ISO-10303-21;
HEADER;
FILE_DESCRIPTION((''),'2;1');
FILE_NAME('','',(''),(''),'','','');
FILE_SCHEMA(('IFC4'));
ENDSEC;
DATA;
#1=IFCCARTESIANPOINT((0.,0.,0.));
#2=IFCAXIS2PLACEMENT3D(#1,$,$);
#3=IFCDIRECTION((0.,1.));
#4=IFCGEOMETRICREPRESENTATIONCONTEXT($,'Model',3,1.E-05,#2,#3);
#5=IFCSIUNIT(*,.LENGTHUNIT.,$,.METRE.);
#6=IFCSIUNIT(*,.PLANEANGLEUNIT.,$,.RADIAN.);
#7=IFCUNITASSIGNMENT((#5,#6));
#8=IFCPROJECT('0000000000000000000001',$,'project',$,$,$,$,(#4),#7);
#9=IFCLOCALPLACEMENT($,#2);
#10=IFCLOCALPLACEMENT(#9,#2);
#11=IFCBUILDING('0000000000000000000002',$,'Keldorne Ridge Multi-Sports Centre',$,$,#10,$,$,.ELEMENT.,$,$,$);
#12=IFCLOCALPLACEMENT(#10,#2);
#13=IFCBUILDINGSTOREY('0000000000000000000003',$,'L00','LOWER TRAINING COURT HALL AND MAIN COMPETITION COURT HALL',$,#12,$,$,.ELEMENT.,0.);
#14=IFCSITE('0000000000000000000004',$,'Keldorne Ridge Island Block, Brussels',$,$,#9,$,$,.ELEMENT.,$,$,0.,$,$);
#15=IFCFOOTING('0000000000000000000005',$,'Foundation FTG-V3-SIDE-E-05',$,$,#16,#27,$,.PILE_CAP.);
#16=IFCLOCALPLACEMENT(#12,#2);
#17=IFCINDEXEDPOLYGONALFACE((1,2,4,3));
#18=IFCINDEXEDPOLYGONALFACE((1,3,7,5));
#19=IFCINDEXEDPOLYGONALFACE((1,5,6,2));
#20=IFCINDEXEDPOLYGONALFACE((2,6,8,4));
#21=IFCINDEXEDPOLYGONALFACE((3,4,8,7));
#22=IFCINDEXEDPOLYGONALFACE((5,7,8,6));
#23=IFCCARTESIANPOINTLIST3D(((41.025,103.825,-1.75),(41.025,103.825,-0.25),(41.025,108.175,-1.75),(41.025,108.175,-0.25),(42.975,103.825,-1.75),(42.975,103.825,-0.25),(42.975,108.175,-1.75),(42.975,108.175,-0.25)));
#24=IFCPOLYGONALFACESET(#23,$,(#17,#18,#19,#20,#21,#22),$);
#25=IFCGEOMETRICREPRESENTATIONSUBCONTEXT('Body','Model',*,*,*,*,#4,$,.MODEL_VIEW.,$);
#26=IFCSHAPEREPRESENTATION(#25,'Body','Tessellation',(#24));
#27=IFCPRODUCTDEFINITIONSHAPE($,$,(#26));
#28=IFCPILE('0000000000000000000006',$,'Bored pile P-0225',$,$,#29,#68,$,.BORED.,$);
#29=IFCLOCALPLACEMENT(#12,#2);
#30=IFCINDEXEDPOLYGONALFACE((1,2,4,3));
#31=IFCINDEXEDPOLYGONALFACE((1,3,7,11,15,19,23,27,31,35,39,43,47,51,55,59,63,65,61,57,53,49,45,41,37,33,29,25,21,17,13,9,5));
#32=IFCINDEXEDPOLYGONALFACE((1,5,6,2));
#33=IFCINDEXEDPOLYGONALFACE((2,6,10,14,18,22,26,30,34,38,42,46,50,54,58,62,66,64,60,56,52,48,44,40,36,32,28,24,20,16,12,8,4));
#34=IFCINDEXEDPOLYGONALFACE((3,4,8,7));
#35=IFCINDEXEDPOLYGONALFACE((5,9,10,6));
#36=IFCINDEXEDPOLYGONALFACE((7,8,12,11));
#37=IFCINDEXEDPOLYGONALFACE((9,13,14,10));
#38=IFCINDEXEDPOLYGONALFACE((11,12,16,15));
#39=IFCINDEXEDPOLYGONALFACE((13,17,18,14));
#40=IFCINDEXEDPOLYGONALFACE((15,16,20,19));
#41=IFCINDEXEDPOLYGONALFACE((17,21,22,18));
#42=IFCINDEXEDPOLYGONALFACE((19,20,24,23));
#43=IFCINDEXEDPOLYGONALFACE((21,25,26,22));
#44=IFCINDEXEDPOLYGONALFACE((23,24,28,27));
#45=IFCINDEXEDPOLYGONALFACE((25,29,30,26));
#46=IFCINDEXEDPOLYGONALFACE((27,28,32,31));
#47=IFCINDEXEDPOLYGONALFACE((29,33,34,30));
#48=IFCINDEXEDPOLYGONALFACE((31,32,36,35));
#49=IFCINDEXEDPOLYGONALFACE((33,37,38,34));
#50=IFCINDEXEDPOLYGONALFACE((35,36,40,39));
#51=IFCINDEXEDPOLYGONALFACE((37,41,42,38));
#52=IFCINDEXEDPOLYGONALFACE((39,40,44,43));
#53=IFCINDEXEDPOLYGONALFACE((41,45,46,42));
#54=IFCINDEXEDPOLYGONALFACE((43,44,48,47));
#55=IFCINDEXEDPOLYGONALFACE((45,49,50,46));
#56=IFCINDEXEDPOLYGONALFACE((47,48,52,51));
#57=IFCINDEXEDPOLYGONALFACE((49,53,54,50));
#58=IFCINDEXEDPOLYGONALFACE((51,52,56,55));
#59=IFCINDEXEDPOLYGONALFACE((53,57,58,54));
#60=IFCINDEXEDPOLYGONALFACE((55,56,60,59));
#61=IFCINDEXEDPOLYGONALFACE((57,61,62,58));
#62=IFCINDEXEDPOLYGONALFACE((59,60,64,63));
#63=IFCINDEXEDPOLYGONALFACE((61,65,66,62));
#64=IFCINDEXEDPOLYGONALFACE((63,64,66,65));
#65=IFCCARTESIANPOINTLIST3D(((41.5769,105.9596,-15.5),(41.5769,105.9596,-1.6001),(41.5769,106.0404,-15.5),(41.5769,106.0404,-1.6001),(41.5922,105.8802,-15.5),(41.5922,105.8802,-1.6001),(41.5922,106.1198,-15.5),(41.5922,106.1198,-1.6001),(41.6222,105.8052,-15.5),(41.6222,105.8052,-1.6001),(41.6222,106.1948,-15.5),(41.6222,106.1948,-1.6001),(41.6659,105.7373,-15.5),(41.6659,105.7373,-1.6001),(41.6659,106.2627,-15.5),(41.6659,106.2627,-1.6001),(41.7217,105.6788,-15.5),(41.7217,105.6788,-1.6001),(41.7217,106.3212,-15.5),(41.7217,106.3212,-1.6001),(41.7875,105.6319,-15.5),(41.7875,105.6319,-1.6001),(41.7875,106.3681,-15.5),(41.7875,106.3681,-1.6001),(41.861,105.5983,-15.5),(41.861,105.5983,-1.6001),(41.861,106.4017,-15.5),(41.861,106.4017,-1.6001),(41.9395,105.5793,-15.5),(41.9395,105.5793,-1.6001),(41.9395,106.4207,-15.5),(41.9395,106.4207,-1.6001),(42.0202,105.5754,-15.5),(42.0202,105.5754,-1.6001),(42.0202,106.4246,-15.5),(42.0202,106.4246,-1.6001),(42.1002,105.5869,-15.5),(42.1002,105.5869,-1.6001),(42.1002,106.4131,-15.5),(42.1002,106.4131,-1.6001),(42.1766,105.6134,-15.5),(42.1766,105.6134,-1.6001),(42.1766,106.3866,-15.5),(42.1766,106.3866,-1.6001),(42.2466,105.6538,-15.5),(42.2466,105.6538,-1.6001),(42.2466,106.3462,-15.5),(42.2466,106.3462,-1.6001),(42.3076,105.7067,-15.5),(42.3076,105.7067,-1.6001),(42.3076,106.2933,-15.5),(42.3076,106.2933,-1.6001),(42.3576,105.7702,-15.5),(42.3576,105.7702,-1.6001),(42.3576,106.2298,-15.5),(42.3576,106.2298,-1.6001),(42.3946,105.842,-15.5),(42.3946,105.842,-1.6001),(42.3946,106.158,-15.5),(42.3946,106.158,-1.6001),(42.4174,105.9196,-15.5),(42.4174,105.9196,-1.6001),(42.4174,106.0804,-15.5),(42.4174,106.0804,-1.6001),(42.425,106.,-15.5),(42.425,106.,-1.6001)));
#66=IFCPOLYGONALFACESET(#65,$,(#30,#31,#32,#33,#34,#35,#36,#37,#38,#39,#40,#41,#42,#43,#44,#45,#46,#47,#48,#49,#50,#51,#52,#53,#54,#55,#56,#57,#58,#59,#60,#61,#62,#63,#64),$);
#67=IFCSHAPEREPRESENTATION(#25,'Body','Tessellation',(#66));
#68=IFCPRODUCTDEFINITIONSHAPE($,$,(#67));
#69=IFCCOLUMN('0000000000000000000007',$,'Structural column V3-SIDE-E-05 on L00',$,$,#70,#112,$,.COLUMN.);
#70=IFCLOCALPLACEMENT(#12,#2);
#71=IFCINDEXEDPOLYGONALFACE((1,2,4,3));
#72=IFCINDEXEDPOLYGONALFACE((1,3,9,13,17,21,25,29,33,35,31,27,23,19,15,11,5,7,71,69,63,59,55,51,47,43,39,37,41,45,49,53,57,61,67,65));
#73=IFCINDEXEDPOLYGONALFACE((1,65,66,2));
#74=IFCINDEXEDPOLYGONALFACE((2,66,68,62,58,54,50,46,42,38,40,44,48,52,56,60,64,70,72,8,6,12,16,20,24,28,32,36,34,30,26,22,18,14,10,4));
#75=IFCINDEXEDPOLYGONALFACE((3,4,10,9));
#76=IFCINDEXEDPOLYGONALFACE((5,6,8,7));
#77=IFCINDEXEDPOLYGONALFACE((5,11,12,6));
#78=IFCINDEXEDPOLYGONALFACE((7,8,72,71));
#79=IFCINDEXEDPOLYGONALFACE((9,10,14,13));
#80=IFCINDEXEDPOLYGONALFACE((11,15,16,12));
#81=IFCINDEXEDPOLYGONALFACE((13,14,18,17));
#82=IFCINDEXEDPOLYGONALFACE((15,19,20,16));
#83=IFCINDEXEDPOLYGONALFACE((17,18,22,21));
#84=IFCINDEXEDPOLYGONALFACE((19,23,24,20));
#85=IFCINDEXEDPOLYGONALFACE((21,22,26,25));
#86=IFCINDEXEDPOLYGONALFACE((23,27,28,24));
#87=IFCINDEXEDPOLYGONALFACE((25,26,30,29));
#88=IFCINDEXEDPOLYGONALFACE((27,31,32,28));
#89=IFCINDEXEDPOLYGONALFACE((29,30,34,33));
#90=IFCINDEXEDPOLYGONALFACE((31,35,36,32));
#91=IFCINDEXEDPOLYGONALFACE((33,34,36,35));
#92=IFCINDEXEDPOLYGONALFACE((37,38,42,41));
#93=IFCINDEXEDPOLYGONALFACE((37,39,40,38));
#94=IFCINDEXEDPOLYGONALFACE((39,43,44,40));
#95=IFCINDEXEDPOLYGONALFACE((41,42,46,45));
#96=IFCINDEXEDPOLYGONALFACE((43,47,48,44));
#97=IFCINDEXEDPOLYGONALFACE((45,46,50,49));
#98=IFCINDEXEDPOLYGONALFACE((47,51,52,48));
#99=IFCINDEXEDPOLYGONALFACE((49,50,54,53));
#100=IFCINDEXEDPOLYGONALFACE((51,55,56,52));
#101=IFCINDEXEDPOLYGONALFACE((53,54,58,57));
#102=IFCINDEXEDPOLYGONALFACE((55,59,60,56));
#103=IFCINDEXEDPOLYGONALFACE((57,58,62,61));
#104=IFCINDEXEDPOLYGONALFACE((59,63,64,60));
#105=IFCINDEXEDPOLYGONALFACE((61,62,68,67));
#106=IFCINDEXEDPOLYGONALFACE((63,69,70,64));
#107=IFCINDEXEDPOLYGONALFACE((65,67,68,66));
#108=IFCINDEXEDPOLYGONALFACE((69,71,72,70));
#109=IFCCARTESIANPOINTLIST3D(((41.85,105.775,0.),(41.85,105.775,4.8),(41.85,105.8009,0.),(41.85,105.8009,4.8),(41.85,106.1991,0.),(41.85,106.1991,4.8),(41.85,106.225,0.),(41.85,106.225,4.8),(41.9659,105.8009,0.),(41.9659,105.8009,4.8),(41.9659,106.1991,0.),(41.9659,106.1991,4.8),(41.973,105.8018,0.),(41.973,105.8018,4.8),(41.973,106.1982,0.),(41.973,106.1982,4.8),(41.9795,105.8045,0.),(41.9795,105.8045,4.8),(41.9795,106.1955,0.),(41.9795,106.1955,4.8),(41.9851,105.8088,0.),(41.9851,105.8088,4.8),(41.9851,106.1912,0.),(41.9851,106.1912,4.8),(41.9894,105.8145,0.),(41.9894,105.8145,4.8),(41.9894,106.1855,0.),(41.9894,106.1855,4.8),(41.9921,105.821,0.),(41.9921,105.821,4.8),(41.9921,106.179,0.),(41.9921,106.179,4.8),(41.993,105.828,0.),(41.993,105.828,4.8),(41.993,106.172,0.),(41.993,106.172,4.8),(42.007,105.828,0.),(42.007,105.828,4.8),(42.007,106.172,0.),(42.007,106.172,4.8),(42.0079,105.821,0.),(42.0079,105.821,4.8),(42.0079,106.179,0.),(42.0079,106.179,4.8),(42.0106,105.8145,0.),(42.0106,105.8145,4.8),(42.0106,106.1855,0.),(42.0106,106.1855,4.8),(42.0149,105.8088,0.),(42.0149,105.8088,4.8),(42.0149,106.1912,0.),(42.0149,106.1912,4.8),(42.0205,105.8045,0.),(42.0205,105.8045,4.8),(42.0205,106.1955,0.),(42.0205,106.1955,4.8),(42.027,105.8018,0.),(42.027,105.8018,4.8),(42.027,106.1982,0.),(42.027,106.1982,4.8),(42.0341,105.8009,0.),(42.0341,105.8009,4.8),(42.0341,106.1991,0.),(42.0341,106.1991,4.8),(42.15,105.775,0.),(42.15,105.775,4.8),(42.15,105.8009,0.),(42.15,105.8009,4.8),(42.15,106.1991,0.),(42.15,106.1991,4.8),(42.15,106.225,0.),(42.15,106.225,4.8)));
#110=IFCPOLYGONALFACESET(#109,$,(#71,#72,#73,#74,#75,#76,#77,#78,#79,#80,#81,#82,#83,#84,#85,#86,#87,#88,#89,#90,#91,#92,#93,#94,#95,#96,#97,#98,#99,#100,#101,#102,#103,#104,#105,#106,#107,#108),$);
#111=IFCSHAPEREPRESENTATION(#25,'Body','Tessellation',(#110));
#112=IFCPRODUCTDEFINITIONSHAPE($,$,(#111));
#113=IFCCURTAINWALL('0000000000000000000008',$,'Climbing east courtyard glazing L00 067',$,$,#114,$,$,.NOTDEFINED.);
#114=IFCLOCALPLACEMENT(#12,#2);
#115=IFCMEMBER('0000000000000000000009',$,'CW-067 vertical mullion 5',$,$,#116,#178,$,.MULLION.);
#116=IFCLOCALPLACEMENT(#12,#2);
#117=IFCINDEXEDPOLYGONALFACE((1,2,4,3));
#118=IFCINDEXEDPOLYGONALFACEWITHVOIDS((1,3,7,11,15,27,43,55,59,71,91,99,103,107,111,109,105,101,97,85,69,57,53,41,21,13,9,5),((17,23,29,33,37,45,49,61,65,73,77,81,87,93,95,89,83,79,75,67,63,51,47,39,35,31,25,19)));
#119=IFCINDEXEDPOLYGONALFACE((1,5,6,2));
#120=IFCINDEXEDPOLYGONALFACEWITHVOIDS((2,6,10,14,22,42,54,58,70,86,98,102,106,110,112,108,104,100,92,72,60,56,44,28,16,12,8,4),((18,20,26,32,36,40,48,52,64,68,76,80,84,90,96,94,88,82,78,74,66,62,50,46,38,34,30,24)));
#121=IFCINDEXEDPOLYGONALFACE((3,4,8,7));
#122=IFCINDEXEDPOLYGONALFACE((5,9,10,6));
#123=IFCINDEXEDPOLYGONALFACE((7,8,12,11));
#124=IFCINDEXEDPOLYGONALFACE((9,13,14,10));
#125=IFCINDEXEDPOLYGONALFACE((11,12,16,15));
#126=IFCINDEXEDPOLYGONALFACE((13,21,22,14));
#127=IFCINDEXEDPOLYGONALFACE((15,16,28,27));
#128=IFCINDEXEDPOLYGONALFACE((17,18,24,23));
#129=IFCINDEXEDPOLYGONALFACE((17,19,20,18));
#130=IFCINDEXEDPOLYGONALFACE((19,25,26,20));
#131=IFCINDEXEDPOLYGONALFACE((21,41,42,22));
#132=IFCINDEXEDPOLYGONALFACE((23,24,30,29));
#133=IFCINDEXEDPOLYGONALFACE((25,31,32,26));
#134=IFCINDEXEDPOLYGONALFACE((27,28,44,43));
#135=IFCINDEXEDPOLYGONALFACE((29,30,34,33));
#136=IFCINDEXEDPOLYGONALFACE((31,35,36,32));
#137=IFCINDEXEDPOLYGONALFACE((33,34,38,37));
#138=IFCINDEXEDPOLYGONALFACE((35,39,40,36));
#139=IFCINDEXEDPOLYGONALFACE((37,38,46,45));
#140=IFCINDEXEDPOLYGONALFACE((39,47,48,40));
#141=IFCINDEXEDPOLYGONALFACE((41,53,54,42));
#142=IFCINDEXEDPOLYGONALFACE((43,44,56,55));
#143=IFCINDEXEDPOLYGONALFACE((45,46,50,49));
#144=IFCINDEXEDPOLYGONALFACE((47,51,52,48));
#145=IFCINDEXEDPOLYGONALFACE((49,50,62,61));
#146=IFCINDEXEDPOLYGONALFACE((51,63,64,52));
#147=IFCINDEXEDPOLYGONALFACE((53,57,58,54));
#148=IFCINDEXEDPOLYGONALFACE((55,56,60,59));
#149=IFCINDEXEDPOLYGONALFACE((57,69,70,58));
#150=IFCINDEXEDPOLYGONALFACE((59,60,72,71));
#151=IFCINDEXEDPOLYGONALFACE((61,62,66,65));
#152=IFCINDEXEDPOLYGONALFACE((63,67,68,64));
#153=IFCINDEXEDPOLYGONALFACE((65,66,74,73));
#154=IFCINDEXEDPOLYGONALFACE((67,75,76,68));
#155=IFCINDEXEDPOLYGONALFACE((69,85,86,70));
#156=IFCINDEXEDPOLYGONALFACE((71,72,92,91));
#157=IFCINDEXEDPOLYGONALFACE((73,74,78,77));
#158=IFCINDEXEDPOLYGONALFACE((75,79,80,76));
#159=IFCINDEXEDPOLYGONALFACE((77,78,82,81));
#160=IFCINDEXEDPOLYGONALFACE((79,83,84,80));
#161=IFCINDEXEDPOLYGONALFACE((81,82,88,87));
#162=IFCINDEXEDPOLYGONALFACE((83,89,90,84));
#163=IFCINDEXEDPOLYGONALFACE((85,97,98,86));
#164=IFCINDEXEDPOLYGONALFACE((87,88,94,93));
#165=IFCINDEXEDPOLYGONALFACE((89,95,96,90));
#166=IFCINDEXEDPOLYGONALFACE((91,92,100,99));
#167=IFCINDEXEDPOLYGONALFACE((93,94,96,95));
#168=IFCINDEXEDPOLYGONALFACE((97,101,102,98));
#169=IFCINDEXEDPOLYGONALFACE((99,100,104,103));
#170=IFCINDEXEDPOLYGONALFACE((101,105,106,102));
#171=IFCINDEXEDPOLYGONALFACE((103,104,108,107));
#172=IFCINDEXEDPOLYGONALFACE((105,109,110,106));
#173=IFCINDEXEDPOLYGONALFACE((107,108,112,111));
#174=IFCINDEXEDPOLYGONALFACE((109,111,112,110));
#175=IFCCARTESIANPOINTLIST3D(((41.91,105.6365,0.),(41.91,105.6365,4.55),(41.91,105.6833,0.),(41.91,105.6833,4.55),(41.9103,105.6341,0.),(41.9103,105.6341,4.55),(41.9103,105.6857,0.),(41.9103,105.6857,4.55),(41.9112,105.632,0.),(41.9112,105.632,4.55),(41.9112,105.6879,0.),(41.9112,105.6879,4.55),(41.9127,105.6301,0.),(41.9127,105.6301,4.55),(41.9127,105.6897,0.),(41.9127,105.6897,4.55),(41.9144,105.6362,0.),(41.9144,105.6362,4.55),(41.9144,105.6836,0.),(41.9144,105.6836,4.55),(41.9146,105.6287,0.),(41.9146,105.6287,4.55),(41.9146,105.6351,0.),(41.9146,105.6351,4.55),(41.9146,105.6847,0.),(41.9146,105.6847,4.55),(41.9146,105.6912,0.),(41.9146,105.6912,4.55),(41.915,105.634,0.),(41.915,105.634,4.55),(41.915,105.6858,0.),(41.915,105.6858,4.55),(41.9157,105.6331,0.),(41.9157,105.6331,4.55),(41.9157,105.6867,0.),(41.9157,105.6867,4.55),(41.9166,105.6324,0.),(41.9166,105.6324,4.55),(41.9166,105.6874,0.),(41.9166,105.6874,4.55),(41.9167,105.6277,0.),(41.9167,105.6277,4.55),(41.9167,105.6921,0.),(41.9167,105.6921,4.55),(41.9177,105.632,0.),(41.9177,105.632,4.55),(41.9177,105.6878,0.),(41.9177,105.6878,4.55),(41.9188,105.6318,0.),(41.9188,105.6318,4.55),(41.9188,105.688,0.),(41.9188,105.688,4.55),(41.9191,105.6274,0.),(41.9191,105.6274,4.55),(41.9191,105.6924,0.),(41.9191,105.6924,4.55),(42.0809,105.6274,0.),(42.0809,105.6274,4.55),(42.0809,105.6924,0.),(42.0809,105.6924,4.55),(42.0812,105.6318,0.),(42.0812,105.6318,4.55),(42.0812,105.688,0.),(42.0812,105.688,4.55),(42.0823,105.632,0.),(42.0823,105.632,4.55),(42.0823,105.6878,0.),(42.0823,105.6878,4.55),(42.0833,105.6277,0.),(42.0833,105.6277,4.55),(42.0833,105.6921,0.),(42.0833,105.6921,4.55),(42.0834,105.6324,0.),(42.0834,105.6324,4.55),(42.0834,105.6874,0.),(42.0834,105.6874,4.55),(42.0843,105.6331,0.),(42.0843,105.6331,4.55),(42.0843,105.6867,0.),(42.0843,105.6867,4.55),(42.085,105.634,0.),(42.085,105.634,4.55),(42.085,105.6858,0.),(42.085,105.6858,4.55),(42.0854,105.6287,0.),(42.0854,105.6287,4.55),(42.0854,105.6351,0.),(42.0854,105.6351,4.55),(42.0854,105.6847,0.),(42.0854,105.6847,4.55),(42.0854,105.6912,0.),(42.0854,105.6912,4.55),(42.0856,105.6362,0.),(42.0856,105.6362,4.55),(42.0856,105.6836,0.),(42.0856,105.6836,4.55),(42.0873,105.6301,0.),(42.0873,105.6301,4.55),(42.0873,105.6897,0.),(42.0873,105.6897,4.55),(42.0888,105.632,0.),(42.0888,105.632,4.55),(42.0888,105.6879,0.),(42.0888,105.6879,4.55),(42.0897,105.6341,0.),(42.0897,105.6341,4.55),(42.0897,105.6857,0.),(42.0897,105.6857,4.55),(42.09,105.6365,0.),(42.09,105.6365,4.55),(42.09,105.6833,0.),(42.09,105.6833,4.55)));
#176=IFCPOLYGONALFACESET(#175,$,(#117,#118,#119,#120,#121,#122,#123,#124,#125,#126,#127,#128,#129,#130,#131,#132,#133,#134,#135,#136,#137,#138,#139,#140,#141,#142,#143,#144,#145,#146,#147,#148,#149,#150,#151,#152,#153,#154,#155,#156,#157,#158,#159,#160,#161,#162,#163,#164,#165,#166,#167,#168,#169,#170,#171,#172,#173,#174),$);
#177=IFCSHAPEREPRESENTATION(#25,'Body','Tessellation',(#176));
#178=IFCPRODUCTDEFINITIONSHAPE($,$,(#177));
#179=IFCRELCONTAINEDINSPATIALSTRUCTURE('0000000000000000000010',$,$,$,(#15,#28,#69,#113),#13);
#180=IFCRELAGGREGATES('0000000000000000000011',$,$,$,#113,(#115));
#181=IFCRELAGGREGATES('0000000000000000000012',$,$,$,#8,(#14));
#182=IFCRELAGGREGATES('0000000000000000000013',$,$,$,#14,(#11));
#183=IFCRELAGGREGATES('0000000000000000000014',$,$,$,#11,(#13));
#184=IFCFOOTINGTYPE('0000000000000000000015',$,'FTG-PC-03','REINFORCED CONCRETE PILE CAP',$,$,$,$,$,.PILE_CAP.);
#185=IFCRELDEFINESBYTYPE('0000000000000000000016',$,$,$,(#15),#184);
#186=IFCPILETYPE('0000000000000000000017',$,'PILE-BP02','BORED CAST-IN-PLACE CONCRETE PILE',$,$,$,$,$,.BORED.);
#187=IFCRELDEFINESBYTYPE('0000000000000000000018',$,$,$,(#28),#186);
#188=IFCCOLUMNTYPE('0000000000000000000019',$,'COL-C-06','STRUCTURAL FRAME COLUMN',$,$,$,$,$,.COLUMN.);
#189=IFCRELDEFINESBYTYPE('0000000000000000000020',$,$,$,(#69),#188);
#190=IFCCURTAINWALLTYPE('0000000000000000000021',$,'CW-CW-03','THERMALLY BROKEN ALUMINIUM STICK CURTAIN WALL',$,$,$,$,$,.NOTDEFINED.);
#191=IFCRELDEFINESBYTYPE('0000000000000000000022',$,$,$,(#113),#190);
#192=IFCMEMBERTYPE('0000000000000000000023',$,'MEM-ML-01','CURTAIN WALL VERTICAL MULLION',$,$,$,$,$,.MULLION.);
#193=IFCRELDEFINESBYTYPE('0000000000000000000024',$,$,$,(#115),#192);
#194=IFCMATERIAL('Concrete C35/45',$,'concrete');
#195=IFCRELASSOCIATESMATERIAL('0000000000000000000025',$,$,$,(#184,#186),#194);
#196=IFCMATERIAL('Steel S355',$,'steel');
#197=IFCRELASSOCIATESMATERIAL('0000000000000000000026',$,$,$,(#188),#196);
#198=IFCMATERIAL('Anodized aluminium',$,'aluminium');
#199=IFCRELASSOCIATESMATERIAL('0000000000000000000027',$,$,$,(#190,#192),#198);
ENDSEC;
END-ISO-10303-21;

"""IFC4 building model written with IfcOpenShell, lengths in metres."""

from ifc_helpers import new_model, si_unit, direction, frame, origin, origin_2d, place, context, subcontext, project, spatial, rectangle, hollow_rectangle, circle, i_section, extrude, material, material_profile, profile_set, type_object, element, aggregate, save


model = new_model("IFC4")

# Units and contexts
model_context = context("Model", 3, precision=1e-05, world=origin(), true_north=direction((0.0, 1.0)))
body_context = subcontext(model_context, "Body", "Model", "MODEL_VIEW")
ifc_project = project(units=[si_unit("LENGTHUNIT", "METRE"), si_unit("PLANEANGLEUNIT", "RADIAN")], contexts=[model_context])

# Site, building, storey
site_placement = place(None, origin())
site = spatial("IfcSite", under=ifc_project, at=site_placement, Name="Keldorne Ridge Island Block, Brussels", CompositionType="ELEMENT", RefElevation=0.0)
building_placement = place(site_placement, origin())
building = spatial("IfcBuilding", under=site, at=building_placement, Name="Keldorne Ridge Multi-Sports Centre", CompositionType="ELEMENT")
storey_placement = place(building_placement, origin())
storey = spatial("IfcBuildingStorey", under=building, at=storey_placement, Name="L00", Description="LOWER TRAINING COURT HALL AND MAIN COMPETITION COURT HALL", CompositionType="ELEMENT", Elevation=0.0)

# Footing
ifc_material_1 = material(Name="Concrete C35/45", Category="concrete")
footing_type = type_object("IfcFootingType", Name="FTG-PC-03", Description="REINFORCED CONCRETE PILE CAP", PredefinedType="PILE_CAP", material=ifc_material_1)
footing_placement = place(storey_placement, frame((42.0, 106.0, -1.75), z_axis=(0.0, 0.0, 1.0), x_axis=(1.0, 0.0, 0.0)))
element("IfcFooting", 1, at=footing_placement, inside=storey, type_object=footing_type, Name="Foundation FTG-V3-SIDE-E-05", PredefinedType="PILE_CAP", context=body_context, shape_type="SweptSolid", body=[
    extrude(rectangle(XDim=1.95, YDim=4.3501, at=origin_2d()), origin(), (0.0, 0.0, 1.0), 1.5),
])

# Pile
ifc_material_profile_1 = material_profile(ifc_material_1, circle(Radius=0.425, at=origin_2d()), Name="BORED PILE D850")
ifc_profile_set_1 = profile_set([ifc_material_profile_1], Name="Concrete C35/45")
pile_type = type_object("IfcPileType", Name="PILE-BP02", Description="BORED CAST-IN-PLACE CONCRETE PILE", PredefinedType="BORED", material=ifc_profile_set_1)
pile_placement = place(storey_placement, frame((42.0, 106.0, -1.6001), z_axis=(0.0, 0.0, -1.0), x_axis=(1.0, 0.0, 0.0)))
element("IfcPile", 2, at=pile_placement, inside=storey, type_object=pile_type, Name="Bored pile P-0225", PredefinedType="BORED", context=body_context, shape_type="SweptSolid", body=[
    extrude(circle(Radius=0.425, at=origin_2d()), origin(), (0.0, 0.0, 1.0), 13.8999),
])

# Column
ifc_material_2 = material(Name="Steel S355", Category="steel")
ifc_material_profile_2 = material_profile(ifc_material_2, i_section(OverallWidth=0.3, OverallDepth=0.45, WebThickness=0.0139, FlangeThickness=0.0259, FilletRadius=0.0271, at=origin_2d()), Name="HEB 450")
ifc_profile_set_2 = profile_set([ifc_material_profile_2], Name="Steel S355")
column_type = type_object("IfcColumnType", Name="COL-C-06", Description="STRUCTURAL FRAME COLUMN", PredefinedType="COLUMN", material=ifc_profile_set_2)
column_placement = place(storey_placement, frame((42.0, 106.0, 0.0), z_axis=(0.0, 0.0, 1.0), x_axis=(1.0, 0.0, 0.0)))
element("IfcColumn", 3, at=column_placement, inside=storey, type_object=column_type, Name="Structural column V3-SIDE-E-05 on L00", PredefinedType="COLUMN", context=body_context, shape_type="SweptSolid", body=[
    extrude(i_section(OverallWidth=0.3, OverallDepth=0.45, WebThickness=0.0139, FlangeThickness=0.0259, FilletRadius=0.0271, at=origin_2d()), origin(), (0.0, 0.0, 1.0), 4.8),
])

# Curtain wall, member
ifc_material_3 = material(Name="Anodized aluminium", Category="aluminium")
curtain_wall_type_1 = type_object("IfcCurtainWallType", Name="CW-CW-03", Description="THERMALLY BROKEN ALUMINIUM STICK CURTAIN WALL", PredefinedType="NOTDEFINED", material=ifc_material_3)
curtain_wall_1_placement = place(storey_placement, origin())
curtain_wall_1 = element("IfcCurtainWall", 4, at=curtain_wall_1_placement, inside=storey, type_object=curtain_wall_type_1, Name="Climbing east courtyard glazing L00 067", PredefinedType="NOTDEFINED")
ifc_material_profile_3 = material_profile(ifc_material_3, hollow_rectangle(XDim=0.0649, YDim=0.1799, WallThickness=0.0044, InnerFilletRadius=0.0044, OuterFilletRadius=0.009, at=origin_2d()), Name="ALU MULLION 180x65x4.5")
ifc_profile_set_3 = profile_set([ifc_material_profile_3], Name="Anodized aluminium")
member_type_1 = type_object("IfcMemberType", Name="MEM-ML-01", Description="CURTAIN WALL VERTICAL MULLION", PredefinedType="MULLION", material=ifc_profile_set_3)
member_1_placement = place(storey_placement, frame((42.0, 105.6599, 0.0), z_axis=(0.0, 0.0, 1.0), x_axis=(0.0, 1.0, 0.0)))
member_1 = element("IfcMember", 5, at=member_1_placement, type_object=member_type_1, Name="CW-067 vertical mullion 5", PredefinedType="MULLION", context=body_context, shape_type="SweptSolid", body=[
    extrude(hollow_rectangle(XDim=0.0649, YDim=0.1799, WallThickness=0.0044, InnerFilletRadius=0.0044, OuterFilletRadius=0.009, at=origin_2d()), origin(), (0.0, 0.0, 1.0), 4.55),
])

aggregate(curtain_wall_1, [member_1])

save(model, "model.ifc")
